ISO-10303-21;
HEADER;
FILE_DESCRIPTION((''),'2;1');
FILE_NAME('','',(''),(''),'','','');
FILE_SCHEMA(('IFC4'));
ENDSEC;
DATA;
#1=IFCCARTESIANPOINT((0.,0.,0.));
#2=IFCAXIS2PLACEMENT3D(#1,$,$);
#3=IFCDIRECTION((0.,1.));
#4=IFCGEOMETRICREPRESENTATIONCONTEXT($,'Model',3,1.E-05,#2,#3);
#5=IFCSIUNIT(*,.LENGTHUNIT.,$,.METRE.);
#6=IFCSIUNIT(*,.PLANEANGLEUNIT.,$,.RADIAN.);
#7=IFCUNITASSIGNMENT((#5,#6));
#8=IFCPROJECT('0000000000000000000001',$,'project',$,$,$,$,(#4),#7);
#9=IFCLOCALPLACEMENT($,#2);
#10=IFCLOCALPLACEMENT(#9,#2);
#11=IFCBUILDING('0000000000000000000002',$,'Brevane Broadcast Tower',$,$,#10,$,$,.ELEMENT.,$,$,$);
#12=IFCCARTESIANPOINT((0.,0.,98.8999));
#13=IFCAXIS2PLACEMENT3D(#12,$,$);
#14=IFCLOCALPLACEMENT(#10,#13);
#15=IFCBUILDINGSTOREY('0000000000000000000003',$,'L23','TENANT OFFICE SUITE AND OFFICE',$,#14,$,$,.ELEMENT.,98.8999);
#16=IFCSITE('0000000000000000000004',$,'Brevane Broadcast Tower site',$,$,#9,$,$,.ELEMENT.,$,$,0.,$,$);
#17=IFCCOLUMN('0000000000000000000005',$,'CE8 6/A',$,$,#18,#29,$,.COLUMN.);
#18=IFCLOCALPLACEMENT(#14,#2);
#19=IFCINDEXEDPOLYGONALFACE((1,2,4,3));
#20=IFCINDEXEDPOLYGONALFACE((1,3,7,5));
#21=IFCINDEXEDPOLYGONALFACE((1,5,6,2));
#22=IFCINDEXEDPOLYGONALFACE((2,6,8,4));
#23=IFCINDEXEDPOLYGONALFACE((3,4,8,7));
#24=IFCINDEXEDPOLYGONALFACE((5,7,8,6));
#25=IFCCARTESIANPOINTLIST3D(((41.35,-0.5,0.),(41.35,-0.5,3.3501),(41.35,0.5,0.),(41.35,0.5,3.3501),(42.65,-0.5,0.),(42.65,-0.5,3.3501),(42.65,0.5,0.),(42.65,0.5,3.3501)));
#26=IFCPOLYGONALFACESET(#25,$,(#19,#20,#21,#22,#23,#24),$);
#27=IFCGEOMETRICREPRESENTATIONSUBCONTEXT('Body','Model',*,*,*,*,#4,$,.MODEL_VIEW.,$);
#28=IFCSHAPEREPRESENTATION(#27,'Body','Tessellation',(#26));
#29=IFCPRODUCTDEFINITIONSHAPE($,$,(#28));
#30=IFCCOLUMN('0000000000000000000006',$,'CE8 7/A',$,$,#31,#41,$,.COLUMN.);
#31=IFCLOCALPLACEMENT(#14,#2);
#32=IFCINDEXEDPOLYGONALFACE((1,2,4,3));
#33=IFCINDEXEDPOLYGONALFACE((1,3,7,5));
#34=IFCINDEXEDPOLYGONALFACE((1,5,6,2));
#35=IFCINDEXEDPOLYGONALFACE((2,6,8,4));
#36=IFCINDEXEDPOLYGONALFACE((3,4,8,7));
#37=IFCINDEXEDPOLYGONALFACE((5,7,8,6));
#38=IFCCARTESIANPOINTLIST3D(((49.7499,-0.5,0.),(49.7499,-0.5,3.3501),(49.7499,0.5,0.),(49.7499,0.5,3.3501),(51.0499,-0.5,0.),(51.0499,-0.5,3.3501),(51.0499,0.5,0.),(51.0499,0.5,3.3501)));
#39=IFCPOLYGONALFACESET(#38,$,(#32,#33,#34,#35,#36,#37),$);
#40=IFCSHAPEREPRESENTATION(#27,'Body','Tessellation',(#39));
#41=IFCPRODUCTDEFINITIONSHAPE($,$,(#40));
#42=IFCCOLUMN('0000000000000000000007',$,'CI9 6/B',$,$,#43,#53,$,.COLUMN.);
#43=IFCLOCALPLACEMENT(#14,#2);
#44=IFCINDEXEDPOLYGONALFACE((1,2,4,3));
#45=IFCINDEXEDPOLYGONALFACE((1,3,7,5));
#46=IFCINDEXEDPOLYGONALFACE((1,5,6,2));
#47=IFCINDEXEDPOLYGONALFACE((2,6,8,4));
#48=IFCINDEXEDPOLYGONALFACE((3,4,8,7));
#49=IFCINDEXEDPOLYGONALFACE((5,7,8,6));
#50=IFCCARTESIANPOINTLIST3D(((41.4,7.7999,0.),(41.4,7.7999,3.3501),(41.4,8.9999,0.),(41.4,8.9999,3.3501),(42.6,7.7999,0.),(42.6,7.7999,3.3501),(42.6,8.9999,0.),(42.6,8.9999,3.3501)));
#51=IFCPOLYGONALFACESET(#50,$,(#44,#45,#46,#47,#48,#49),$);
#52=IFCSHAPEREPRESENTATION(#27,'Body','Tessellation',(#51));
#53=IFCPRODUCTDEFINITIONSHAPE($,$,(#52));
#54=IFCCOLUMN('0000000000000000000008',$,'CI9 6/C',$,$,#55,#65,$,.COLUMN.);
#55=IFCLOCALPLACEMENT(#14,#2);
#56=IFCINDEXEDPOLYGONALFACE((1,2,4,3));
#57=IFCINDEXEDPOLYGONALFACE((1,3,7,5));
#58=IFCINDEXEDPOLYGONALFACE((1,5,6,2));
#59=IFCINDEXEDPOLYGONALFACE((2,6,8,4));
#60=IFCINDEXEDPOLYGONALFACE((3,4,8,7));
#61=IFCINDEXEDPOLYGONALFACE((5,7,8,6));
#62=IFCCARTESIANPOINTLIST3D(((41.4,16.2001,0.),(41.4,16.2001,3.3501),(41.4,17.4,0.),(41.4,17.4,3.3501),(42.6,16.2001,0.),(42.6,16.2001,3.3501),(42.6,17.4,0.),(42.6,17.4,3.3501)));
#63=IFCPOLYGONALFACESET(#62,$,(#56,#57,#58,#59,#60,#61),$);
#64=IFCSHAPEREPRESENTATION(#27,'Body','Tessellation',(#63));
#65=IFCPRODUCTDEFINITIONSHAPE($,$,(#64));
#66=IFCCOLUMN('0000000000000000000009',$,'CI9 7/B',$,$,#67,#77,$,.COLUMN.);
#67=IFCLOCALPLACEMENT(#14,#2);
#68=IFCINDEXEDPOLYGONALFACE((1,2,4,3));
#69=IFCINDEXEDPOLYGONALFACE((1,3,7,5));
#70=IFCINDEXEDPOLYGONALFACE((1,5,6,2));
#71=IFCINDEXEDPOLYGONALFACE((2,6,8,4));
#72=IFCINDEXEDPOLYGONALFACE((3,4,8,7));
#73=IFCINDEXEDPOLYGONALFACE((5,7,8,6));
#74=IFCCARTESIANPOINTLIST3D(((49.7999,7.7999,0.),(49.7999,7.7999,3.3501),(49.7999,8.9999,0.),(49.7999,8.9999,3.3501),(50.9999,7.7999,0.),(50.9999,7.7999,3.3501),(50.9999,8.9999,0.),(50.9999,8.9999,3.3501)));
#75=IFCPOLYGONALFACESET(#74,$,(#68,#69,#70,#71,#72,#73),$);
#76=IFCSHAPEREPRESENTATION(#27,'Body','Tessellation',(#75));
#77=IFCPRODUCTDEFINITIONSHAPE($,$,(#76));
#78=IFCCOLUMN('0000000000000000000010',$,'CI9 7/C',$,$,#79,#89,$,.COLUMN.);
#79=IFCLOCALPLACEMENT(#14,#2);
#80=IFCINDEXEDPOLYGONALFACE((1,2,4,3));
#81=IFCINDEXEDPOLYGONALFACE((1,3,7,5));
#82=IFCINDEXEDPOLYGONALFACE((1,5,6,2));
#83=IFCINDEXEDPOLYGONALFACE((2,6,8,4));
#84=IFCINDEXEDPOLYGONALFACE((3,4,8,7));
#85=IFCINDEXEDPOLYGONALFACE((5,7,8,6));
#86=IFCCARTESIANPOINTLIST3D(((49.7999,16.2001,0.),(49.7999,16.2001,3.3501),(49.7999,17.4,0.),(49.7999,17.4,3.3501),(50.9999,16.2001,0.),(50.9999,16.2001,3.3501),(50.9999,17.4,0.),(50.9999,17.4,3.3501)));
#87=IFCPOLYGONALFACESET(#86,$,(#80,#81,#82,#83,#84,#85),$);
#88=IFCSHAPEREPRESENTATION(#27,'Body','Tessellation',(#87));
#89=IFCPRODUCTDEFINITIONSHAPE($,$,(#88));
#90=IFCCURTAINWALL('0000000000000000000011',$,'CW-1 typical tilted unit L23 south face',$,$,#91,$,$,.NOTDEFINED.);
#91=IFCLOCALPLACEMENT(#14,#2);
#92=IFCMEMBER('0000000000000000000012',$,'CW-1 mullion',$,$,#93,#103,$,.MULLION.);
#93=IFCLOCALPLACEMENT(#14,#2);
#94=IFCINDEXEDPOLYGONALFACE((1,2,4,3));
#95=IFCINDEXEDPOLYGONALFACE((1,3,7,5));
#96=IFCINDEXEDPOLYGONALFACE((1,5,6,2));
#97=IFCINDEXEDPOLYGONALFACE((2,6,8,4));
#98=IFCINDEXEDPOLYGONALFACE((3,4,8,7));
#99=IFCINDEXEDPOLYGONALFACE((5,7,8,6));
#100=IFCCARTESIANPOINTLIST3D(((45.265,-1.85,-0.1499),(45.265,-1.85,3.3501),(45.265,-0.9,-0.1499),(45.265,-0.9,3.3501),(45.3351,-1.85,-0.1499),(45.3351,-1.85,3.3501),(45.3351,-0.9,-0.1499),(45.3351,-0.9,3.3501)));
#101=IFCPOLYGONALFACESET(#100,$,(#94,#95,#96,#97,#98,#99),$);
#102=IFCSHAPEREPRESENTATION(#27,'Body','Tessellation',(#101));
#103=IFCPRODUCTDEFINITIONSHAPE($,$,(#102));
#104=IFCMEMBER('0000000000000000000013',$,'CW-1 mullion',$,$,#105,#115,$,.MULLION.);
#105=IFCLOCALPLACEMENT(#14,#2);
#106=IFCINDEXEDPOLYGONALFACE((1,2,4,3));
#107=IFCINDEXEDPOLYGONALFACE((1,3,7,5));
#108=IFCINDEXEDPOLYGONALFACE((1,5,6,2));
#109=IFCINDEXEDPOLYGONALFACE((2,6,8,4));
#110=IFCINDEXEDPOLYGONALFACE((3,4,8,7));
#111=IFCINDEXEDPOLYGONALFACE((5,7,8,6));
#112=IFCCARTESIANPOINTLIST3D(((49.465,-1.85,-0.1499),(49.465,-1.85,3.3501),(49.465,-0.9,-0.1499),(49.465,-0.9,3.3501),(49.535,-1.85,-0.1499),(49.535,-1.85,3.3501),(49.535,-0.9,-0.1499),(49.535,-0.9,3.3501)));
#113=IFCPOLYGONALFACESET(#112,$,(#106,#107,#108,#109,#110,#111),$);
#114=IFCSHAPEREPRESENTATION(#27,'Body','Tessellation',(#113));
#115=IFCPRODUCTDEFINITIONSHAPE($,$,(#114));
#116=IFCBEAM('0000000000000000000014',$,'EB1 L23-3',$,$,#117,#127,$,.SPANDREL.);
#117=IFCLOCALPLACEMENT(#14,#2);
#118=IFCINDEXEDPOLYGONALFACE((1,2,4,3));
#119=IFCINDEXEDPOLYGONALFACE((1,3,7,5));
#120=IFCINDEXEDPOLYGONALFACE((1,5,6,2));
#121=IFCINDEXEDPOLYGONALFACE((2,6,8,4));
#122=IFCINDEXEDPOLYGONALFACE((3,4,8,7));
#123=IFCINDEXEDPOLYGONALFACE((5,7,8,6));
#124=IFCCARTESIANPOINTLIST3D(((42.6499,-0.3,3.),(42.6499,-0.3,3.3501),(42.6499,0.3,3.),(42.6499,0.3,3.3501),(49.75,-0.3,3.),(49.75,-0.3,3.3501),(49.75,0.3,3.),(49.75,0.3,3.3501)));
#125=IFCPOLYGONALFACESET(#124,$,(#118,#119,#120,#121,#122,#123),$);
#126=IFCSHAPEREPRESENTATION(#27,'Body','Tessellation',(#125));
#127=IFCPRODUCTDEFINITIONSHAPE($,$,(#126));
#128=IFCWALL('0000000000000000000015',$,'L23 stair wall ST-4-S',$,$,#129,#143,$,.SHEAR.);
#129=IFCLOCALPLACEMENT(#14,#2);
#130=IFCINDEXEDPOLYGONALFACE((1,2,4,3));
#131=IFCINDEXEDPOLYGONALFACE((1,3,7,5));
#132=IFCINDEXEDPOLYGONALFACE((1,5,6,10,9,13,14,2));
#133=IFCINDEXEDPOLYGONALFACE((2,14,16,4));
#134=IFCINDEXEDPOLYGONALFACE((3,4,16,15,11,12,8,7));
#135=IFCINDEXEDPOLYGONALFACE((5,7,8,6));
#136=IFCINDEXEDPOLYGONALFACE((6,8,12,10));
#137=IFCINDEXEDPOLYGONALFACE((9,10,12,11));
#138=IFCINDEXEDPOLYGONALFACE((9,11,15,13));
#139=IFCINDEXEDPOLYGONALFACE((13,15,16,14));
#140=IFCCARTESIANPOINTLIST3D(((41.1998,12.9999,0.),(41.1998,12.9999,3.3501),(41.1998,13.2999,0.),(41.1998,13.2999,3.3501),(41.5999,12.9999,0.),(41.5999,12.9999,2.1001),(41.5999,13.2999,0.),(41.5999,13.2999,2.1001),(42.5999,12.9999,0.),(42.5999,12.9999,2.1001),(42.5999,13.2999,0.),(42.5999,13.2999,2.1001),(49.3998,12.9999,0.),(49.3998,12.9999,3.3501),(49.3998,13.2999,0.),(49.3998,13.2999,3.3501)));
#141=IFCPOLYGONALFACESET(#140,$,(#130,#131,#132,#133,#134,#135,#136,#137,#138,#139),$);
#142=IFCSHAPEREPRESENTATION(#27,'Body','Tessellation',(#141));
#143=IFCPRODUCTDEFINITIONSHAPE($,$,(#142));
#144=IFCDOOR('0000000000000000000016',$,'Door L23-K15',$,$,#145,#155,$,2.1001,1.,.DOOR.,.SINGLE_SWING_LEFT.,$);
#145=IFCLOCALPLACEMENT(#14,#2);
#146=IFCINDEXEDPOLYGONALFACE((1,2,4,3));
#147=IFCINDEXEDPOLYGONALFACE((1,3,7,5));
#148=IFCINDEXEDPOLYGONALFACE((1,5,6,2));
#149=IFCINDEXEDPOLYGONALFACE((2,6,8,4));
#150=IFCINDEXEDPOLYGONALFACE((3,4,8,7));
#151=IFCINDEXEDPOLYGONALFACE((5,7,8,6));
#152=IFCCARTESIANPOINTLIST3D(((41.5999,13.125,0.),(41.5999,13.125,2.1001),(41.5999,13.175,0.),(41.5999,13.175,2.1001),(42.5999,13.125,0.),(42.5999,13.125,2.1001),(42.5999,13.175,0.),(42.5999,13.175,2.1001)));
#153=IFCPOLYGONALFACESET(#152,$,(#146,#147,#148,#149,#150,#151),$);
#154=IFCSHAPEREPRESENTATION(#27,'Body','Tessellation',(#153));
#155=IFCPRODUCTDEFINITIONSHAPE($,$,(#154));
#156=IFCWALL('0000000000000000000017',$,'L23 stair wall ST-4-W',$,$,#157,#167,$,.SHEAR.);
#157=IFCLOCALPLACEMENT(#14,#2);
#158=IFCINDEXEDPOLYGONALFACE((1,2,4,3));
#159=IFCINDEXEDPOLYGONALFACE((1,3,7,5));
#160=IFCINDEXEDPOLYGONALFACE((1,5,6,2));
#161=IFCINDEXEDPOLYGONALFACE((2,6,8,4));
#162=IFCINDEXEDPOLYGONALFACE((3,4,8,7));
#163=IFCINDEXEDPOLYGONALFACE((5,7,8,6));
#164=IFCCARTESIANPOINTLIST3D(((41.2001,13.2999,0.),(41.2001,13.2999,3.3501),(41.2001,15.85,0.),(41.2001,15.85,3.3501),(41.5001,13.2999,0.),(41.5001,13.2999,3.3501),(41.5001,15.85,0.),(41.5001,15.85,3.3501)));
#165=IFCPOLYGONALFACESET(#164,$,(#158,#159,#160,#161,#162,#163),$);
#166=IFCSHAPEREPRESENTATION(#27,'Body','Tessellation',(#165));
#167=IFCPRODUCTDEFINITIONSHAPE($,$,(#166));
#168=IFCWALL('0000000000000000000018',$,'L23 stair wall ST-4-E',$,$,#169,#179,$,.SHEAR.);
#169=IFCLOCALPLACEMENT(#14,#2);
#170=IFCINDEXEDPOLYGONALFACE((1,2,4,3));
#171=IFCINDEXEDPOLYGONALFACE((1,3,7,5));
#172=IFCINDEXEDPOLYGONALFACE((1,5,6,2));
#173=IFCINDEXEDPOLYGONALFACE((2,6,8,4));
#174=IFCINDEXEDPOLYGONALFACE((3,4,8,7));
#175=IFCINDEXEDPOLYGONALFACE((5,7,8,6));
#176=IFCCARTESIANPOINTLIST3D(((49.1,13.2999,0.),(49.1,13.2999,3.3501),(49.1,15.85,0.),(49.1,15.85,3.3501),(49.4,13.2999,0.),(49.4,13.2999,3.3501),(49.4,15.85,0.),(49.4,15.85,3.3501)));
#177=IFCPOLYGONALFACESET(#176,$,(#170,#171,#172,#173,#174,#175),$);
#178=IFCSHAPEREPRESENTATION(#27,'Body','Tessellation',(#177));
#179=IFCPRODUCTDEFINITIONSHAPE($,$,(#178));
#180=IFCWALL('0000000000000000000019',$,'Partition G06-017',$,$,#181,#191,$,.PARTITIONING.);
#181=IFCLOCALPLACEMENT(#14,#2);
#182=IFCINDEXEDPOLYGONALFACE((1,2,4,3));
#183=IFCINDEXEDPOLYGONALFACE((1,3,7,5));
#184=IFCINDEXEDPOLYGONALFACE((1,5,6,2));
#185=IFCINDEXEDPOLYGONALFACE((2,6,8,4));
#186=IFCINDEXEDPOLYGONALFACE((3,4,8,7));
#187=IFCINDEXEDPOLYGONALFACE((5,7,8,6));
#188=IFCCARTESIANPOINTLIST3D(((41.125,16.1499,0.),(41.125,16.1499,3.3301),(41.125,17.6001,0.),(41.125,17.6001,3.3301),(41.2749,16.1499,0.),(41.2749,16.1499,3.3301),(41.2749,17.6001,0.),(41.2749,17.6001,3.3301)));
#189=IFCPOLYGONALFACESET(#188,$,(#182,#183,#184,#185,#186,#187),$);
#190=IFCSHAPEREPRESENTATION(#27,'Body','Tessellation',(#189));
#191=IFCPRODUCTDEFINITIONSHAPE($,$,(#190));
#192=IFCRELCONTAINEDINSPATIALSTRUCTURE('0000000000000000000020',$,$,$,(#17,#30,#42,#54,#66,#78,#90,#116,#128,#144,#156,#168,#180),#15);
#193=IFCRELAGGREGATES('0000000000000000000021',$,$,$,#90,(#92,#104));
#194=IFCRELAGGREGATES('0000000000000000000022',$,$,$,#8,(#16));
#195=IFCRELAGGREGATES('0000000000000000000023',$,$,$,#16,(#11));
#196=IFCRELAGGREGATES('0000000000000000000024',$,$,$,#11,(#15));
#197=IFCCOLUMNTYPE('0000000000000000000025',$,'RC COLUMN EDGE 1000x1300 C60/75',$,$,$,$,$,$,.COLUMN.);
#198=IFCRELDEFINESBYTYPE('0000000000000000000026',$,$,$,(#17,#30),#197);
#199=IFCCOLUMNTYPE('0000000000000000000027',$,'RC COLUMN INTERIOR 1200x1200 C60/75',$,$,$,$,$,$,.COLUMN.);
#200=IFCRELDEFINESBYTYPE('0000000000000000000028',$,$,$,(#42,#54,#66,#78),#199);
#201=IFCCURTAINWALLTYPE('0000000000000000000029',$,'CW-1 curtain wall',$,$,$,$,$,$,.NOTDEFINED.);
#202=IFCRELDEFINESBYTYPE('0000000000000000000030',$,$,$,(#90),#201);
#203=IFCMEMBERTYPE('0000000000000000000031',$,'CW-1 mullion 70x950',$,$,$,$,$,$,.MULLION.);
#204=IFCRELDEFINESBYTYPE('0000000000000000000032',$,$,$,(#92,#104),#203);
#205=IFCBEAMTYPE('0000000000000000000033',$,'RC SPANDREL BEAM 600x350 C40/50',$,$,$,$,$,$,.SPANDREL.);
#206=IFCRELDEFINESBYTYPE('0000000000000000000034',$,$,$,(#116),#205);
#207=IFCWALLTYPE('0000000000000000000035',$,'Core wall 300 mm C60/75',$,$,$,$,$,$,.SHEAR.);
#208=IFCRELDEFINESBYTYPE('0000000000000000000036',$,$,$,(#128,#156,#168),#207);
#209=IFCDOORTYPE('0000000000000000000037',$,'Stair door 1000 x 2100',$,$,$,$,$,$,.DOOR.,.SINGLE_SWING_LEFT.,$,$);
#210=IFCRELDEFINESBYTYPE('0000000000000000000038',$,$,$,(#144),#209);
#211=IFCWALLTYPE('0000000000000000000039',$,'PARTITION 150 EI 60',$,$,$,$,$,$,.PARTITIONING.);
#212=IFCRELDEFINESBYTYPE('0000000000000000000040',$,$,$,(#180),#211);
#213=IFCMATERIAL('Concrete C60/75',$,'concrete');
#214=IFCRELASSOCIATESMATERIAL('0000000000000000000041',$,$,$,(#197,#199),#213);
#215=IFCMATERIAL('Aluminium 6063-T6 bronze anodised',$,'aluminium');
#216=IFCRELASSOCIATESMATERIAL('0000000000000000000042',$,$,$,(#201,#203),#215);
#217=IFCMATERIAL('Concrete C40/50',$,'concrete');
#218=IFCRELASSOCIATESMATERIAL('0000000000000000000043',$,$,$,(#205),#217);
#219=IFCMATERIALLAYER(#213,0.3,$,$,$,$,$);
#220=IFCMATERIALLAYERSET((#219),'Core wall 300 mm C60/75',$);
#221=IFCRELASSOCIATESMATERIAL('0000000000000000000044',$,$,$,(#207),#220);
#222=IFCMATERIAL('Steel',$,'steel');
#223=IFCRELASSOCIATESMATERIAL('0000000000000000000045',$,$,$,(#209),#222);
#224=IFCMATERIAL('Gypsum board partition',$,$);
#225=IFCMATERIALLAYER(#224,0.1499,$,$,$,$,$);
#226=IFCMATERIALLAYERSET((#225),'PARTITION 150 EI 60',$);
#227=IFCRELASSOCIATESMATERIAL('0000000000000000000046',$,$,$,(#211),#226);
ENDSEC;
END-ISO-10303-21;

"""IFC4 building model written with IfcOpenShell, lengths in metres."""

from ifc_helpers import new_model, si_unit, direction, frame, frame_2d, origin, origin_2d, place, context, subcontext, project, spatial, rectangle, extrude, material, layer, layer_set, material_profile, profile_set, type_object, element, fill, aggregate, save


model = new_model("IFC4")

# Units and contexts
model_context = context("Model", 3, precision=1e-05, world=origin(), true_north=direction((0.0, 1.0)))
body_context = subcontext(model_context, "Body", "Model", "MODEL_VIEW")
ifc_project = project(units=[si_unit("LENGTHUNIT", "METRE"), si_unit("PLANEANGLEUNIT", "RADIAN")], contexts=[model_context])

# Site, building, storey
site_placement = place(None, origin())
site = spatial("IfcSite", under=ifc_project, at=site_placement, Name="Brevane Broadcast Tower site", CompositionType="ELEMENT", RefElevation=0.0)
building_placement = place(site_placement, origin())
building = spatial("IfcBuilding", under=site, at=building_placement, Name="Brevane Broadcast Tower", CompositionType="ELEMENT")
storey_placement = place(building_placement, frame((0.0, 0.0, 98.8999)))
storey = spatial("IfcBuildingStorey", under=building, at=storey_placement, Name="L23", Description="TENANT OFFICE SUITE AND OFFICE", CompositionType="ELEMENT", Elevation=98.8999)

# Columns
ifc_material_1 = material(Name="Concrete C60/75", Category="concrete")
ifc_material_profile_1 = material_profile(ifc_material_1, rectangle(XDim=1.0, YDim=1.3, at=origin_2d()), Name="RC 1000x1300")
ifc_profile_set_1 = profile_set([ifc_material_profile_1], Name="Concrete C60/75")
column_type_1 = type_object("IfcColumnType", Name="RC COLUMN EDGE 1000x1300 C60/75", PredefinedType="COLUMN", material=ifc_profile_set_1)
for number, where, z_axis, x_axis, name in (
    (1, (42.0, 0.0, 0.0), (0.0, 0.0, 1.0), (0.0, 1.0, 0.0), "CE8 6/A"),
    (2, (50.3999, 0.0, 0.0), (0.0, 0.0, 1.0), (0.0, 1.0, 0.0), "CE8 7/A"),
):
    element("IfcColumn", number, at=place(storey_placement, frame(where, z_axis=z_axis, x_axis=x_axis)), inside=storey, type_object=column_type_1, Name=name, PredefinedType="COLUMN", context=body_context, shape_type="SweptSolid", body=[
        extrude(rectangle(XDim=1.0, YDim=1.3, at=origin_2d()), origin(), (0.0, 0.0, 1.0), 3.3501),
    ])
ifc_material_profile_2 = material_profile(ifc_material_1, rectangle(XDim=1.2, YDim=1.2, at=origin_2d()), Name="RC 1200x1200")
ifc_profile_set_2 = profile_set([ifc_material_profile_2], Name="Concrete C60/75")
column_type_2 = type_object("IfcColumnType", Name="RC COLUMN INTERIOR 1200x1200 C60/75", PredefinedType="COLUMN", material=ifc_profile_set_2)
for number, where, z_axis, x_axis, name in (
    (3, (42.0, 8.3999, 0.0), (0.0, 0.0, 1.0), (1.0, 0.0, 0.0), "CI9 6/B"),
    (4, (42.0, 16.8, 0.0), (0.0, 0.0, 1.0), (1.0, 0.0, 0.0), "CI9 6/C"),
    (5, (50.3999, 8.3999, 0.0), (0.0, 0.0, 1.0), (1.0, 0.0, 0.0), "CI9 7/B"),
    (6, (50.3999, 16.8, 0.0), (0.0, 0.0, 1.0), (1.0, 0.0, 0.0), "CI9 7/C"),
):
    element("IfcColumn", number, at=place(storey_placement, frame(where, z_axis=z_axis, x_axis=x_axis)), inside=storey, type_object=column_type_2, Name=name, PredefinedType="COLUMN", context=body_context, shape_type="SweptSolid", body=[
        extrude(rectangle(XDim=1.2, YDim=1.2, at=origin_2d()), origin(), (0.0, 0.0, 1.0), 3.3501),
    ])

# Curtain wall, members
ifc_material_2 = material(Name="Aluminium 6063-T6 bronze anodised", Category="aluminium")
curtain_wall_type = type_object("IfcCurtainWallType", Name="CW-1 curtain wall", PredefinedType="NOTDEFINED", material=ifc_material_2)
curtain_wall_placement = place(storey_placement, origin())
curtain_wall = element("IfcCurtainWall", 7, at=curtain_wall_placement, inside=storey, type_object=curtain_wall_type, Name="CW-1 typical tilted unit L23 south face", PredefinedType="NOTDEFINED")
ifc_material_profile_3 = material_profile(ifc_material_2, rectangle(XDim=0.95, YDim=0.0701, at=origin_2d()), Name="RECT 70x950")
ifc_profile_set_3 = profile_set([ifc_material_profile_3], Name="Aluminium 6063-T6 bronze anodised")
member_type = type_object("IfcMemberType", Name="CW-1 mullion 70x950", PredefinedType="MULLION", material=ifc_profile_set_3)
member_1_placement = place(storey_placement, frame((45.3, -1.375, -0.1499), z_axis=(0.0, 0.0, 1.0), x_axis=(0.0, 1.0, 0.0)))
member_1 = element("IfcMember", 8, at=member_1_placement, type_object=member_type, Name="CW-1 mullion", PredefinedType="MULLION", context=body_context, shape_type="SweptSolid", body=[
    extrude(rectangle(XDim=0.95, YDim=0.0701, at=origin_2d()), origin(), (0.0, 0.0, 1.0), 3.5),
])
member_2_placement = place(storey_placement, frame((49.5, -1.375, -0.1499), z_axis=(0.0, 0.0, 1.0), x_axis=(0.0, 1.0, 0.0)))
member_2 = element("IfcMember", 9, at=member_2_placement, type_object=member_type, Name="CW-1 mullion", PredefinedType="MULLION", context=body_context, shape_type="SweptSolid", body=[
    extrude(rectangle(XDim=0.95, YDim=0.0701, at=origin_2d()), origin(), (0.0, 0.0, 1.0), 3.5),
])
aggregate(curtain_wall, [member_1, member_2])

# Beam
ifc_material_3 = material(Name="Concrete C40/50", Category="concrete")
ifc_material_profile_4 = material_profile(ifc_material_3, rectangle(XDim=0.6001, YDim=0.3501, at=origin_2d()), Name="RC 600x350")
ifc_profile_set_4 = profile_set([ifc_material_profile_4], Name="Concrete C40/50")
beam_type = type_object("IfcBeamType", Name="RC SPANDREL BEAM 600x350 C40/50", PredefinedType="SPANDREL", material=ifc_profile_set_4)
beam_placement = place(storey_placement, frame((42.6499, 0.0, 3.175), z_axis=(1.0, 0.0, 0.0), x_axis=(0.0, 1.0, 0.0)))
element("IfcBeam", 10, at=beam_placement, inside=storey, type_object=beam_type, Name="EB1 L23-3", PredefinedType="SPANDREL", context=body_context, shape_type="SweptSolid", body=[
    extrude(rectangle(XDim=0.6001, YDim=0.3501, at=origin_2d()), origin(), (0.0, 0.0, 1.0), 7.1001),
])

# Wall, opening, door
ifc_layer_1 = layer(ifc_material_1, 0.3)
ifc_layer_set_1 = layer_set([ifc_layer_1], Name="Core wall 300 mm C60/75")
wall_type_1 = type_object("IfcWallType", Name="Core wall 300 mm C60/75", PredefinedType="SHEAR", material=ifc_layer_set_1)
wall_1_placement = place(storey_placement, frame((49.3999, 13.1499, 0.0), z_axis=(0.0, 0.0, 1.0), x_axis=(-1.0, 0.0, 0.0)))
wall_1 = element("IfcWall", 11, at=wall_1_placement, inside=storey, type_object=wall_type_1, Name="L23 stair wall ST-4-S", PredefinedType="SHEAR", context=body_context, shape_type="SweptSolid", body=[
    extrude(rectangle(XDim=8.2, YDim=0.3, at=frame_2d((4.1001, 0.0))), origin(), (0.0, 0.0, 1.0), 3.3501),
])
opening_1_placement = place(wall_1_placement, frame((6.8, 0.0, 0.0)))
opening_1 = element("IfcOpeningElement", 12, at=opening_1_placement, cuts=wall_1, PredefinedType="OPENING", context=body_context, shape_type="SweptSolid", body=[
    extrude(rectangle(XDim=1.0, YDim=2.1001, at=frame_2d((0.5, 1.05))), frame((0.0, 0.1599, 0.0), z_axis=(0.0, -1.0, 0.0), x_axis=(1.0, 0.0, 0.0)), (0.0, 0.0, 1.0), 0.3201),
])
ifc_material_4 = material(Name="Steel", Category="steel")
door_type_1 = type_object("IfcDoorType", Name="Stair door 1000 x 2100", OperationType="SINGLE_SWING_LEFT", PredefinedType="DOOR", material=ifc_material_4)
door_1_placement = place(opening_1_placement, origin())
door_1 = element("IfcDoor", 13, at=door_1_placement, inside=storey, type_object=door_type_1, Name="Door L23-K15", OperationType="SINGLE_SWING_LEFT", OverallHeight=2.1001, OverallWidth=1.0, PredefinedType="DOOR", context=body_context, shape_type="SweptSolid", body=[
    extrude(rectangle(XDim=1.0, YDim=2.1001, at=frame_2d((0.5, 1.05))), frame((0.0, 0.0249, 0.0), z_axis=(0.0, -1.0, 0.0), x_axis=(1.0, 0.0, 0.0)), (0.0, 0.0, 1.0), 0.05),
])
fill(opening_1, door_1)

# Walls
for number, where, z_axis, x_axis, name in (
    (14, (41.3501, 13.3, 0.0), (0.0, 0.0, 1.0), (0.0, 1.0, 0.0), "L23 stair wall ST-4-W"),
    (15, (49.25, 13.3, 0.0), (0.0, 0.0, 1.0), (0.0, 1.0, 0.0), "L23 stair wall ST-4-E"),
):
    element("IfcWall", number, at=place(storey_placement, frame(where, z_axis=z_axis, x_axis=x_axis)), inside=storey, type_object=wall_type_1, Name=name, PredefinedType="SHEAR", context=body_context, shape_type="SweptSolid", body=[
        extrude(rectangle(XDim=2.55, YDim=0.3, at=frame_2d((1.2749, 0.0))), origin(), (0.0, 0.0, 1.0), 3.3501),
    ])
ifc_material_5 = material(Name="Gypsum board partition")
ifc_layer_2 = layer(ifc_material_5, 0.1499)
ifc_layer_set_2 = layer_set([ifc_layer_2], Name="PARTITION 150 EI 60")
wall_type_2 = type_object("IfcWallType", Name="PARTITION 150 EI 60", PredefinedType="PARTITIONING", material=ifc_layer_set_2)
wall_2_placement = place(storey_placement, frame((41.2, 16.1499, 0.0), z_axis=(0.0, 0.0, 1.0), x_axis=(0.0, 1.0, 0.0)))
element("IfcWall", 16, at=wall_2_placement, inside=storey, type_object=wall_type_2, Name="Partition G06-017", PredefinedType="PARTITIONING", context=body_context, shape_type="SweptSolid", body=[
    extrude(rectangle(XDim=1.4502, YDim=0.1499, at=frame_2d((0.7251, 0.0))), origin(), (0.0, 0.0, 1.0), 3.3301),
])

save(model, "model.ifc")
